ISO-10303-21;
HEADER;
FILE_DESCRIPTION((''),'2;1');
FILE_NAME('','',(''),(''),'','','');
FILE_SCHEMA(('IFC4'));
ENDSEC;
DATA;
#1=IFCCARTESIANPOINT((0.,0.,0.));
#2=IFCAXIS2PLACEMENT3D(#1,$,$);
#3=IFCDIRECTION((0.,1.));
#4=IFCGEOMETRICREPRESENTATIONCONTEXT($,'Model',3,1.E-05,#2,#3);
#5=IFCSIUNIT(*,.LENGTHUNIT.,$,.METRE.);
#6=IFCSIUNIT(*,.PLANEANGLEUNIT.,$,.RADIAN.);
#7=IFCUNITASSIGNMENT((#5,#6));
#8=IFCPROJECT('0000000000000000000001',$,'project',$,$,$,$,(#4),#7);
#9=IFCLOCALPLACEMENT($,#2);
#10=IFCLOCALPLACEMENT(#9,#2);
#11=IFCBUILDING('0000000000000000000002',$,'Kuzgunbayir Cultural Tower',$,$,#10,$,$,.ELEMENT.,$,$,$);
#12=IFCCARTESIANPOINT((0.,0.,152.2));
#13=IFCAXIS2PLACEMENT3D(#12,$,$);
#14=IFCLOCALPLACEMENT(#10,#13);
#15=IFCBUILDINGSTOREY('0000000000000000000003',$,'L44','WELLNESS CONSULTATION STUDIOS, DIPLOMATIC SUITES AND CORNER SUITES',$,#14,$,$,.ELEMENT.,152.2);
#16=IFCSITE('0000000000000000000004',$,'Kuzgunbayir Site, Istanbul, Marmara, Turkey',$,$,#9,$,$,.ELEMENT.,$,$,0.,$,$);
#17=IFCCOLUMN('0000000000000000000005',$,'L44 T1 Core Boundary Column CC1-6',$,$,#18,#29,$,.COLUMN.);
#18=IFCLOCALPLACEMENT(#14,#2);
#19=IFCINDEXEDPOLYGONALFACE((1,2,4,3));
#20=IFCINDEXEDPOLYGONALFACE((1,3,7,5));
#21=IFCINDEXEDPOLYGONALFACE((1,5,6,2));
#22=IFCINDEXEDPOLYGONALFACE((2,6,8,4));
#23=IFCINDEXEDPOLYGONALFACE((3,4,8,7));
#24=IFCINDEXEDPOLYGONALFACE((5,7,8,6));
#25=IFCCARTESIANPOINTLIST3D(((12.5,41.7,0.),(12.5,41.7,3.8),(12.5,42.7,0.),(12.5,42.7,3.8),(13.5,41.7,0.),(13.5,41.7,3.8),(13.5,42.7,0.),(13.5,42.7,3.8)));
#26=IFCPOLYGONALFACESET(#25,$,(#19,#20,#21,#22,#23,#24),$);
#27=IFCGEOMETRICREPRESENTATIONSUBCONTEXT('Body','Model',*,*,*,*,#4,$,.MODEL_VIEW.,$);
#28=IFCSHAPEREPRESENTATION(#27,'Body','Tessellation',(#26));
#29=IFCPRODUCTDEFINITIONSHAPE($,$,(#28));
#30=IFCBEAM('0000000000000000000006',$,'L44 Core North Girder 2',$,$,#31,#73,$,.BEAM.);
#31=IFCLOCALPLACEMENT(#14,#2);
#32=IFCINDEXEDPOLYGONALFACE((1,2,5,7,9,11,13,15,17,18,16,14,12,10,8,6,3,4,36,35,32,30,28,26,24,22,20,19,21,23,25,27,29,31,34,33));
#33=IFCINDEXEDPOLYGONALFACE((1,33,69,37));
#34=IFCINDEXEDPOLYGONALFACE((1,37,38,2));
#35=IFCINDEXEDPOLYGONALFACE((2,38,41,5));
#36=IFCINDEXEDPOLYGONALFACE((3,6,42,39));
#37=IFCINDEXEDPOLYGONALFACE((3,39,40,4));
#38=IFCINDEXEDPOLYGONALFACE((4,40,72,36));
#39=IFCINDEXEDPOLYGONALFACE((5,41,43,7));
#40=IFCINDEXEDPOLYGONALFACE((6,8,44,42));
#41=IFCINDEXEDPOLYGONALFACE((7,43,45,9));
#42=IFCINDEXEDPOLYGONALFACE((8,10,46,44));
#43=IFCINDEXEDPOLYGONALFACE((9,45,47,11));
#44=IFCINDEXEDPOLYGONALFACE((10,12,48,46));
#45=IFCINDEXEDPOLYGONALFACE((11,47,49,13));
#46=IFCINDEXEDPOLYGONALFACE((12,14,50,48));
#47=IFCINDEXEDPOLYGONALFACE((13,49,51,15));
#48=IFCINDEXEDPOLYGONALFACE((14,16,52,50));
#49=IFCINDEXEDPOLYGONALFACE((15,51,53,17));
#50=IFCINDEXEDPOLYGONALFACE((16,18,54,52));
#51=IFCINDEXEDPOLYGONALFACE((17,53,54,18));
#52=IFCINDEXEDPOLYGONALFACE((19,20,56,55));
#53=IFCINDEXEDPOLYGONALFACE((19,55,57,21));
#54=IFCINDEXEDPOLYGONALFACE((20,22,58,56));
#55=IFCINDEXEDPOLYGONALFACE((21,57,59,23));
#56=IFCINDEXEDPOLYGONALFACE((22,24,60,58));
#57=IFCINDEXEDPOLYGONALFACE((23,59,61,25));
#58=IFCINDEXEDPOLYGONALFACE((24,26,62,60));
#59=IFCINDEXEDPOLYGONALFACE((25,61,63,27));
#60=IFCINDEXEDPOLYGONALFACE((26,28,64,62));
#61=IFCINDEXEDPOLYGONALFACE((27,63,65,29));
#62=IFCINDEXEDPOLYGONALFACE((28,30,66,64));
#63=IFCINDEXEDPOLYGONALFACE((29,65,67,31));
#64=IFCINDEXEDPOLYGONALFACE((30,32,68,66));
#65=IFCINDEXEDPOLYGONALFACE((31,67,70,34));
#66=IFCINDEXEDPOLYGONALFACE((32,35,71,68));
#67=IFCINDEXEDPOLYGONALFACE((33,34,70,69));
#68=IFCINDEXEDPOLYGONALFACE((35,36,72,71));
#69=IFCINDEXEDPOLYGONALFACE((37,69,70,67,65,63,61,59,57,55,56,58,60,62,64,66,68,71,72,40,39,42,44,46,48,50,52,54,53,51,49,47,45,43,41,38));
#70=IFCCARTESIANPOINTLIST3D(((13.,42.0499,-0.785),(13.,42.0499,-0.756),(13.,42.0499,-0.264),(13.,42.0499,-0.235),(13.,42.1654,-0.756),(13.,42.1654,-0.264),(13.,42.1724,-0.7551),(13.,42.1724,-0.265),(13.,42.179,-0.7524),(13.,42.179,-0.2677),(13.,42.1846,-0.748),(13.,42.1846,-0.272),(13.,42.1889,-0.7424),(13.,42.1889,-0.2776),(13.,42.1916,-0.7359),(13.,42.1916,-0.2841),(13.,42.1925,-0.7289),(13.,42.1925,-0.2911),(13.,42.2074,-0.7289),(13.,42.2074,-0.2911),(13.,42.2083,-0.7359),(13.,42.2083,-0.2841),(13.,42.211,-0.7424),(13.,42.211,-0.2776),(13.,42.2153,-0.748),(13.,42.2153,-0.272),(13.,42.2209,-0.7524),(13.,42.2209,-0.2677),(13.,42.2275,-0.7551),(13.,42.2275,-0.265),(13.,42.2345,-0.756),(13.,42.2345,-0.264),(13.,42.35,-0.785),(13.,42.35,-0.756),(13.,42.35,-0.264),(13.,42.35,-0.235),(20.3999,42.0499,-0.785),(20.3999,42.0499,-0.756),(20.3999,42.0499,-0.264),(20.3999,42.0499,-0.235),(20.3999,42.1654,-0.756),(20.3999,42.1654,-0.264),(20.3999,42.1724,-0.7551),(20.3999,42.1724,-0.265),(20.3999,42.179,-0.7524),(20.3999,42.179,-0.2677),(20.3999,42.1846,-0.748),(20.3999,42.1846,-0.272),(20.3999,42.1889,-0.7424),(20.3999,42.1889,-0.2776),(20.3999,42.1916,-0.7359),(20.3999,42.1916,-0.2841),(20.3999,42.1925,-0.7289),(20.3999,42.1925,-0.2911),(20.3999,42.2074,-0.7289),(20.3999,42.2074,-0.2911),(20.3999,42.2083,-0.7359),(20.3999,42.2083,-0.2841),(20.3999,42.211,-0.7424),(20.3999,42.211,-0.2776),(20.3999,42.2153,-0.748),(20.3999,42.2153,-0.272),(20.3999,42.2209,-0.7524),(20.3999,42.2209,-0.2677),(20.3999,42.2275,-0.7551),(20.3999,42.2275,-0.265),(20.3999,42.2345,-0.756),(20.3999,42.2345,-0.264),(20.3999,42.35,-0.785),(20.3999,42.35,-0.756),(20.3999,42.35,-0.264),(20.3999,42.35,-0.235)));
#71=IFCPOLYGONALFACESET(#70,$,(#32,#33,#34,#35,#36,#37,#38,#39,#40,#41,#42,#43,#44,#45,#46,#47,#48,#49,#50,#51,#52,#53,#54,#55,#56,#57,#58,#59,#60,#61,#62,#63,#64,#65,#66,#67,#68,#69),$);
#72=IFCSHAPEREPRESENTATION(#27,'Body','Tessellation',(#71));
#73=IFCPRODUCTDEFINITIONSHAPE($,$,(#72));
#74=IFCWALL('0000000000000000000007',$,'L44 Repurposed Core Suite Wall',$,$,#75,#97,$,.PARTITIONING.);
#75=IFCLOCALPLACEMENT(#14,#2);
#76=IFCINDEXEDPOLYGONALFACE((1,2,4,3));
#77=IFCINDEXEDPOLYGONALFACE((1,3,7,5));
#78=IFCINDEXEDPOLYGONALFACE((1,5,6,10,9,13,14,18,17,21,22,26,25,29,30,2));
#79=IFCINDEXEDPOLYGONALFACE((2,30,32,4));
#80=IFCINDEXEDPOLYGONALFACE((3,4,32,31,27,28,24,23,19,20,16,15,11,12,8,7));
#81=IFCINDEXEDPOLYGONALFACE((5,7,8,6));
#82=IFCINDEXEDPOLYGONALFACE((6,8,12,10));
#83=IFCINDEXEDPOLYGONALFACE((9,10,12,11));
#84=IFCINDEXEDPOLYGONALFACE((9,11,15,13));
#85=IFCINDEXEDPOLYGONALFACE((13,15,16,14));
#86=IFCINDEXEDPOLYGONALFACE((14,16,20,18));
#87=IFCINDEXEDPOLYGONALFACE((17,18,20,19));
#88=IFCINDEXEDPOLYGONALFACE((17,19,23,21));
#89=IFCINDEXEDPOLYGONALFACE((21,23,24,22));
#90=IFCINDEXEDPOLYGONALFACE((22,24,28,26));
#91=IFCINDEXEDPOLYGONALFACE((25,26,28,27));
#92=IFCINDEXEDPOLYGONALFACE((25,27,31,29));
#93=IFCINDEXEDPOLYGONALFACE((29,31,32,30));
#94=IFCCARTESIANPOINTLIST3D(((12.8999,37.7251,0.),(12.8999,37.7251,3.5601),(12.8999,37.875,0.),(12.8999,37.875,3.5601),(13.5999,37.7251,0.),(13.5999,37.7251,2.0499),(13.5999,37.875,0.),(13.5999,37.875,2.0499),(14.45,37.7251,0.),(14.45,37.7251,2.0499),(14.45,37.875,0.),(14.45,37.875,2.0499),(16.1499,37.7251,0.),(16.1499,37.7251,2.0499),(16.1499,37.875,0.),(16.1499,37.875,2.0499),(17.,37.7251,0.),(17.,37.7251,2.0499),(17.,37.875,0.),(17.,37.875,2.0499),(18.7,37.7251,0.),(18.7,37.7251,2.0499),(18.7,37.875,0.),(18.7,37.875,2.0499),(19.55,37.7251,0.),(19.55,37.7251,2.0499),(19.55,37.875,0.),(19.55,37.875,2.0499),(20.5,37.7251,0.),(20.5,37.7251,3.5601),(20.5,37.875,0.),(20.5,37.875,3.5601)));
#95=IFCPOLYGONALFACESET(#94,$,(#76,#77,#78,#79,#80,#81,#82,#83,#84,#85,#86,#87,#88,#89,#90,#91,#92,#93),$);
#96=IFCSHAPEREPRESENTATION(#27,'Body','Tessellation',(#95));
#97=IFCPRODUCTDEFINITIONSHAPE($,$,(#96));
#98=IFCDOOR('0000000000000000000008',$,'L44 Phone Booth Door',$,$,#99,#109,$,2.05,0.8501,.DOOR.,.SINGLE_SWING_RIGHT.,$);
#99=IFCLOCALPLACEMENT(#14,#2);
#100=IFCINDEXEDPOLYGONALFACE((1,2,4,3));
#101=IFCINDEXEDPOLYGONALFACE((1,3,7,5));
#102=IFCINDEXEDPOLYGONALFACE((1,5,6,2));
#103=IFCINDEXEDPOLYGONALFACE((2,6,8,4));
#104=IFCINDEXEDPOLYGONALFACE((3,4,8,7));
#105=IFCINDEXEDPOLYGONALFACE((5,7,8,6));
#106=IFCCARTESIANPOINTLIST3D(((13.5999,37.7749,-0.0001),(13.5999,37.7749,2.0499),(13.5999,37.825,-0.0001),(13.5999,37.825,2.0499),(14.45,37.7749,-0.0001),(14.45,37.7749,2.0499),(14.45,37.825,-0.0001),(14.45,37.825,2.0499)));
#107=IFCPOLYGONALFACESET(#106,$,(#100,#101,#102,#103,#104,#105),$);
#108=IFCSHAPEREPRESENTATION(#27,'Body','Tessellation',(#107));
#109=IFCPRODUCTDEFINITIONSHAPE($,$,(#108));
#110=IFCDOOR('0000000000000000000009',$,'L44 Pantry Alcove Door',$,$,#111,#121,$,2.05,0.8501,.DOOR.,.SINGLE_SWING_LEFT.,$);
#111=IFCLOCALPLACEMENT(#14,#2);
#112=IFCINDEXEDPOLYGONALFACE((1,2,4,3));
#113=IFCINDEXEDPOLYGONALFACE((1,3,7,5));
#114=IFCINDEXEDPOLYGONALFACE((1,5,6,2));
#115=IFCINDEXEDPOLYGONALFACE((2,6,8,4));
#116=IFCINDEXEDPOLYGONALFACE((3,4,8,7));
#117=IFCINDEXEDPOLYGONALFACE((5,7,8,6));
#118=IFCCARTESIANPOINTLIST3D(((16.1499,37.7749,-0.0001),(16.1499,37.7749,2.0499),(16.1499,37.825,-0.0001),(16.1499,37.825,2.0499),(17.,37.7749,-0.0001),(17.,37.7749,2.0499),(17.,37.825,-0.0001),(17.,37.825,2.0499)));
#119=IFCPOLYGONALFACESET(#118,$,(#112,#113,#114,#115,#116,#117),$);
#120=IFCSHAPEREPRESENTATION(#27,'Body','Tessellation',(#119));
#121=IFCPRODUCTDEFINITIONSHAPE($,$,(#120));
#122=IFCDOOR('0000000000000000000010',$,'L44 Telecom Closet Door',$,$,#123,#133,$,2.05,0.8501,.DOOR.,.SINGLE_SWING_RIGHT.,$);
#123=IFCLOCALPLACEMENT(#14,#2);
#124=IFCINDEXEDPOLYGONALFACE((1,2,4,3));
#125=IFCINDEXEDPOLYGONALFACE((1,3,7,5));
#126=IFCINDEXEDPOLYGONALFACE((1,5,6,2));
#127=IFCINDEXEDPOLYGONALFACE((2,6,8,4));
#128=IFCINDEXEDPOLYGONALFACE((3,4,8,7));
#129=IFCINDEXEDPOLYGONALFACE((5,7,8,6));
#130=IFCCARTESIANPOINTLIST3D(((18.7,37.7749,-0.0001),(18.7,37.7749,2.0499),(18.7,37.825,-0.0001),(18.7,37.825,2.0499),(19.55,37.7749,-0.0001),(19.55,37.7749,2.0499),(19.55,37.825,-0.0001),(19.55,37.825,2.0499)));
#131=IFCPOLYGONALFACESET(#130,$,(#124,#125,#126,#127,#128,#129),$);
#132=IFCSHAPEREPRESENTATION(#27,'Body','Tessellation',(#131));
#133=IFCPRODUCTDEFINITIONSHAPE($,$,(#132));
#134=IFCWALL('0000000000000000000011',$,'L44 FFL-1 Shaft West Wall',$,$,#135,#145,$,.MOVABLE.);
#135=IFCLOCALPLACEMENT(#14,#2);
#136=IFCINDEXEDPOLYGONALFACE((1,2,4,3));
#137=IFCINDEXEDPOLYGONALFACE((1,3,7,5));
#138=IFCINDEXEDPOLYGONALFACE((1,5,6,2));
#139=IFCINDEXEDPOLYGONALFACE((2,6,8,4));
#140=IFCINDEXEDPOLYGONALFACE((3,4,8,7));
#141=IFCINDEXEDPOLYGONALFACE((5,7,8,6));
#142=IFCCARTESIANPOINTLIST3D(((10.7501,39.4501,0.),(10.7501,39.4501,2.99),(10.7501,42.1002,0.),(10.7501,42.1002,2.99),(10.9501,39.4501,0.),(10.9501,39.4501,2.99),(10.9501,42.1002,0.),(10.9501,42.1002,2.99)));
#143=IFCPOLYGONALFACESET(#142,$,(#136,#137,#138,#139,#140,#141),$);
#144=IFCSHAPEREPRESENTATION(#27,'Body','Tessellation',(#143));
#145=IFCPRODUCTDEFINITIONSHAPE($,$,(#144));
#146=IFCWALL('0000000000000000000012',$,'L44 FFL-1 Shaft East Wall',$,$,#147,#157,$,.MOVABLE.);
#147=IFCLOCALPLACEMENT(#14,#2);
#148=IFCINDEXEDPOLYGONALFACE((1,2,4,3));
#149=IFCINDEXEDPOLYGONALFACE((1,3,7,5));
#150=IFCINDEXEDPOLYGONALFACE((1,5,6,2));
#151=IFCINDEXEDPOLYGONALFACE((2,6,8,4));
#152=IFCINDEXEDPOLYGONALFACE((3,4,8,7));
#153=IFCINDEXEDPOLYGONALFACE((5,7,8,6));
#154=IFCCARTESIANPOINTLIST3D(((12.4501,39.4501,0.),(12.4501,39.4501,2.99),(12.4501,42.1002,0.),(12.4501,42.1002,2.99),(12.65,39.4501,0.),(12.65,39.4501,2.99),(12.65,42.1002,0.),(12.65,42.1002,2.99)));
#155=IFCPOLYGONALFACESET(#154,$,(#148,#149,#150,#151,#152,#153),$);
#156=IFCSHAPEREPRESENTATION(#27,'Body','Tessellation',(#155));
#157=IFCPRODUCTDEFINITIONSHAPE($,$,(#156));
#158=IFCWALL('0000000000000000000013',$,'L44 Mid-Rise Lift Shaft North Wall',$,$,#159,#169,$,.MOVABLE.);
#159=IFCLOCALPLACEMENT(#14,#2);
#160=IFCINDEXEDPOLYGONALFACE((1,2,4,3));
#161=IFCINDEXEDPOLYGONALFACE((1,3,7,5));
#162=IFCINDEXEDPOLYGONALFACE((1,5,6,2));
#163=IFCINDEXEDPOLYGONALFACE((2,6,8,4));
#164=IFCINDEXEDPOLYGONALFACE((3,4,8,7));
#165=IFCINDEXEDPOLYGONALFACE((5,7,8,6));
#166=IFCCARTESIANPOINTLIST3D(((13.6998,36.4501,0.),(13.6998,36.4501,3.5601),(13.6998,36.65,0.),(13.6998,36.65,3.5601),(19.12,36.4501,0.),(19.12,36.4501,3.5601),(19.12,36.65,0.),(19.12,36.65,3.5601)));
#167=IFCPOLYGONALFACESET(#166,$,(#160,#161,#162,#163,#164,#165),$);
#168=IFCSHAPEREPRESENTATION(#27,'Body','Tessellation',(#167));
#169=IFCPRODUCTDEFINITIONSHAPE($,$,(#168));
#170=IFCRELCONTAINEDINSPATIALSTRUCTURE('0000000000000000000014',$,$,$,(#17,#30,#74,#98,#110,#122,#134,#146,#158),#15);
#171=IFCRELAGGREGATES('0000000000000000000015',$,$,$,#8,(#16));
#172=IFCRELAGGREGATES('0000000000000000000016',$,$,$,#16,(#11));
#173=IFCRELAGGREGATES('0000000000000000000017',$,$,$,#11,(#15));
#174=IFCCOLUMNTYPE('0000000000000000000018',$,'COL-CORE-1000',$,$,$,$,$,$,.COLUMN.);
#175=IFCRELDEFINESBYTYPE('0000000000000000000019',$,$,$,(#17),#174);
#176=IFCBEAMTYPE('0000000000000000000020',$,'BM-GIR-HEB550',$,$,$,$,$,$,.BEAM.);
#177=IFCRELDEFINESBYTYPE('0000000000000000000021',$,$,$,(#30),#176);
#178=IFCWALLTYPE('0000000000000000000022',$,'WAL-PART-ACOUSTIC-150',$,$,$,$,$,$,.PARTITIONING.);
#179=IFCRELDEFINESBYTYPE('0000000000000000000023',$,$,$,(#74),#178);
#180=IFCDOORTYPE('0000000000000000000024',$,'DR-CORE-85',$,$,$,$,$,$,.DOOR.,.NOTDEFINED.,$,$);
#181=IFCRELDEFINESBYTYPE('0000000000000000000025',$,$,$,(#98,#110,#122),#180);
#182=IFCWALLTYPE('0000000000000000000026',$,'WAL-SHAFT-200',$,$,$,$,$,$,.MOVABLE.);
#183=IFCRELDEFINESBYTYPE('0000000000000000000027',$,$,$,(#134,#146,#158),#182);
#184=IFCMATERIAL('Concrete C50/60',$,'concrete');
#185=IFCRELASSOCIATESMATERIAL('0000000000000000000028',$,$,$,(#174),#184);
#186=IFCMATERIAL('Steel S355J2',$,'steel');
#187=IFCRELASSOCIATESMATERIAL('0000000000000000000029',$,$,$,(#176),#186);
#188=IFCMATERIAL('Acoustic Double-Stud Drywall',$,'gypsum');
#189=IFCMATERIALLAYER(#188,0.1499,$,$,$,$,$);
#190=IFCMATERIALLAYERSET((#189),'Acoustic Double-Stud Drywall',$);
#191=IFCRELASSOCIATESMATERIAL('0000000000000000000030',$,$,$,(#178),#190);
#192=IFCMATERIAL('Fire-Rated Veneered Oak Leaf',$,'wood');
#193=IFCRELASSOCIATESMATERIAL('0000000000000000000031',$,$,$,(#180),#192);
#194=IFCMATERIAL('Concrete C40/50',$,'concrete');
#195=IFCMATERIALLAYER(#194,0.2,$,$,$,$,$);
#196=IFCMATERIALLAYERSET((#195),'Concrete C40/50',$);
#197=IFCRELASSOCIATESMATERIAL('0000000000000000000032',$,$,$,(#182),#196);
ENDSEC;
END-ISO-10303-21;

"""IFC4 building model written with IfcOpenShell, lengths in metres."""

from ifc_helpers import new_model, si_unit, direction, frame, frame_2d, origin, origin_2d, place, context, subcontext, project, spatial, rectangle, i_section, extrude, material, layer, layer_set, material_profile, profile_set, type_object, element, fill, save


model = new_model("IFC4")

# Units and contexts
model_context = context("Model", 3, precision=1e-05, world=origin(), true_north=direction((0.0, 1.0)))
body_context = subcontext(model_context, "Body", "Model", "MODEL_VIEW")
ifc_project = project(units=[si_unit("LENGTHUNIT", "METRE"), si_unit("PLANEANGLEUNIT", "RADIAN")], contexts=[model_context])

# Site, building, storey
site_placement = place(None, origin())
site = spatial("IfcSite", under=ifc_project, at=site_placement, Name="Kuzgunbayir Site, Istanbul, Marmara, Turkey", CompositionType="ELEMENT", RefElevation=0.0)
building_placement = place(site_placement, origin())
building = spatial("IfcBuilding", under=site, at=building_placement, Name="Kuzgunbayir Cultural Tower", CompositionType="ELEMENT")
storey_placement = place(building_placement, frame((0.0, 0.0, 152.2)))
storey = spatial("IfcBuildingStorey", under=building, at=storey_placement, Name="L44", Description="WELLNESS CONSULTATION STUDIOS, DIPLOMATIC SUITES AND CORNER SUITES", CompositionType="ELEMENT", Elevation=152.2)

# Column
ifc_material_1 = material(Name="Concrete C50/60", Category="concrete")
ifc_material_profile_1 = material_profile(ifc_material_1, rectangle(XDim=1.0, YDim=1.0, at=origin_2d()), Name="RC 1000x1000")
ifc_profile_set_1 = profile_set([ifc_material_profile_1], Name="Concrete C50/60")
column_type = type_object("IfcColumnType", Name="COL-CORE-1000", PredefinedType="COLUMN", material=ifc_profile_set_1)
column_placement = place(storey_placement, frame((13.0, 42.2, 0.0), z_axis=(0.0, 0.0, 1.0), x_axis=(1.0, 0.0, 0.0)))
element("IfcColumn", 1, at=column_placement, inside=storey, type_object=column_type, Name="L44 T1 Core Boundary Column CC1-6", PredefinedType="COLUMN", context=body_context, shape_type="SweptSolid", body=[
    extrude(rectangle(XDim=1.0, YDim=1.0, at=origin_2d()), origin(), (0.0, 0.0, 1.0), 3.8),
])

# Beam
ifc_material_2 = material(Name="Steel S355J2", Category="steel")
ifc_material_profile_2 = material_profile(ifc_material_2, i_section(OverallWidth=0.3, OverallDepth=0.55, WebThickness=0.0149, FlangeThickness=0.0291, FilletRadius=0.0271, at=origin_2d()), Name="HEB 550")
ifc_profile_set_2 = profile_set([ifc_material_profile_2], Name="Steel S355J2")
beam_type = type_object("IfcBeamType", Name="BM-GIR-HEB550", PredefinedType="BEAM", material=ifc_profile_set_2)
beam_placement = place(storey_placement, frame((13.0, 42.2, -0.51), z_axis=(1.0, 0.0, 0.0), x_axis=(0.0, 1.0, 0.0)))
element("IfcBeam", 2, at=beam_placement, inside=storey, type_object=beam_type, Name="L44 Core North Girder 2", PredefinedType="BEAM", context=body_context, shape_type="SweptSolid", body=[
    extrude(i_section(OverallWidth=0.3, OverallDepth=0.55, WebThickness=0.0149, FlangeThickness=0.0291, FilletRadius=0.0271, at=origin_2d()), origin(), (0.0, 0.0, 1.0), 7.3999),
])

# Wall, openings, doors
ifc_material_3 = material(Name="Acoustic Double-Stud Drywall", Category="gypsum")
ifc_layer_1 = layer(ifc_material_3, 0.1499)
ifc_layer_set_1 = layer_set([ifc_layer_1], Name="Acoustic Double-Stud Drywall")
wall_type_1 = type_object("IfcWallType", Name="WAL-PART-ACOUSTIC-150", PredefinedType="PARTITIONING", material=ifc_layer_set_1)
wall_1_placement = place(storey_placement, frame((12.8999, 37.8, 0.0), z_axis=(0.0, 0.0, 1.0), x_axis=(1.0, 0.0, 0.0)))
wall_1 = element("IfcWall", 3, at=wall_1_placement, inside=storey, type_object=wall_type_1, Name="L44 Repurposed Core Suite Wall", PredefinedType="PARTITIONING", context=body_context, shape_type="SweptSolid", body=[
    extrude(rectangle(XDim=7.6001, YDim=0.1499, at=frame_2d((3.8, 0.0))), origin(), (0.0, 0.0, 1.0), 3.5601),
])
opening_1_placement = place(wall_1_placement, frame((0.7, 0.0, 0.0)))
opening_1 = element("IfcOpeningElement", 4, at=opening_1_placement, cuts=wall_1, PredefinedType="OPENING", context=body_context, shape_type="SweptSolid", body=[
    extrude(rectangle(XDim=0.8501, YDim=2.05, at=frame_2d((0.425, 1.0249))), frame((0.0, 0.085, 0.0), z_axis=(0.0, -1.0, 0.0), x_axis=(1.0, 0.0, 0.0)), (0.0, 0.0, 1.0), 0.1699),
])
opening_2_placement = place(wall_1_placement, frame((3.25, 0.0, 0.0)))
opening_2 = element("IfcOpeningElement", 5, at=opening_2_placement, cuts=wall_1, PredefinedType="OPENING", context=body_context, shape_type="SweptSolid", body=[
    extrude(rectangle(XDim=0.8501, YDim=2.05, at=frame_2d((0.425, 1.0249))), frame((0.0, 0.085, 0.0), z_axis=(0.0, -1.0, 0.0), x_axis=(1.0, 0.0, 0.0)), (0.0, 0.0, 1.0), 0.1699),
])
opening_3_placement = place(wall_1_placement, frame((5.8, 0.0, 0.0)))
opening_3 = element("IfcOpeningElement", 6, at=opening_3_placement, cuts=wall_1, PredefinedType="OPENING", context=body_context, shape_type="SweptSolid", body=[
    extrude(rectangle(XDim=0.8501, YDim=2.05, at=frame_2d((0.425, 1.0249))), frame((0.0, 0.085, 0.0), z_axis=(0.0, -1.0, 0.0), x_axis=(1.0, 0.0, 0.0)), (0.0, 0.0, 1.0), 0.1699),
])
ifc_material_4 = material(Name="Fire-Rated Veneered Oak Leaf", Category="wood")
door_type_1 = type_object("IfcDoorType", Name="DR-CORE-85", OperationType="NOTDEFINED", PredefinedType="DOOR", material=ifc_material_4)
door_1_placement = place(opening_1_placement, origin())
door_1 = element("IfcDoor", 7, at=door_1_placement, inside=storey, type_object=door_type_1, Name="L44 Phone Booth Door", OperationType="SINGLE_SWING_RIGHT", OverallHeight=2.05, OverallWidth=0.8501, PredefinedType="DOOR", context=body_context, shape_type="SweptSolid", body=[
    extrude(rectangle(XDim=0.8501, YDim=2.05, at=frame_2d((0.425, 1.0249))), frame((0.0, 0.0249, 0.0), z_axis=(0.0, -1.0, 0.0), x_axis=(1.0, 0.0, 0.0)), (0.0, 0.0, 1.0), 0.05),
])
fill(opening_1, door_1)
door_2_placement = place(opening_2_placement, origin())
door_2 = element("IfcDoor", 8, at=door_2_placement, inside=storey, type_object=door_type_1, Name="L44 Pantry Alcove Door", OperationType="SINGLE_SWING_LEFT", OverallHeight=2.05, OverallWidth=0.8501, PredefinedType="DOOR", context=body_context, shape_type="SweptSolid", body=[
    extrude(rectangle(XDim=0.8501, YDim=2.05, at=frame_2d((0.425, 1.0249))), frame((0.0, 0.0249, 0.0), z_axis=(0.0, -1.0, 0.0), x_axis=(1.0, 0.0, 0.0)), (0.0, 0.0, 1.0), 0.05),
])
fill(opening_2, door_2)
door_3_placement = place(opening_3_placement, origin())
door_3 = element("IfcDoor", 9, at=door_3_placement, inside=storey, type_object=door_type_1, Name="L44 Telecom Closet Door", OperationType="SINGLE_SWING_RIGHT", OverallHeight=2.05, OverallWidth=0.8501, PredefinedType="DOOR", context=body_context, shape_type="SweptSolid", body=[
    extrude(rectangle(XDim=0.8501, YDim=2.05, at=frame_2d((0.425, 1.0249))), frame((0.0, 0.0249, 0.0), z_axis=(0.0, -1.0, 0.0), x_axis=(1.0, 0.0, 0.0)), (0.0, 0.0, 1.0), 0.05),
])
fill(opening_3, door_3)

# Shared definitions
ifc_material_5 = material(Name="Concrete C40/50", Category="concrete")
ifc_layer_2 = layer(ifc_material_5, 0.2)
ifc_layer_set_2 = layer_set([ifc_layer_2], Name="Concrete C40/50")
wall_type_2 = type_object("IfcWallType", Name="WAL-SHAFT-200", PredefinedType="MOVABLE", material=ifc_layer_set_2)

# Walls
for number, where, z_axis, x_axis, name in (
    (10, (10.8501, 39.45, 0.0), (0.0, 0.0, 1.0), (0.0, 1.0, 0.0), "L44 FFL-1 Shaft West Wall"),
    (11, (12.55, 39.45, 0.0), (0.0, 0.0, 1.0), (0.0, 1.0, 0.0), "L44 FFL-1 Shaft East Wall"),
):
    element("IfcWall", number, at=place(storey_placement, frame(where, z_axis=z_axis, x_axis=x_axis)), inside=storey, type_object=wall_type_2, Name=name, PredefinedType="MOVABLE", context=body_context, shape_type="SweptSolid", body=[
        extrude(rectangle(XDim=2.6501, YDim=0.2, at=frame_2d((1.3252, 0.0))), origin(), (0.0, 0.0, 1.0), 2.99),
    ])

# Wall
wall_2_placement = place(storey_placement, frame((13.7, 36.55, 0.0), z_axis=(0.0, 0.0, 1.0), x_axis=(1.0, 0.0, 0.0)))
element("IfcWall", 12, at=wall_2_placement, inside=storey, type_object=wall_type_2, Name="L44 Mid-Rise Lift Shaft North Wall", PredefinedType="MOVABLE", context=body_context, shape_type="SweptSolid", body=[
    extrude(rectangle(XDim=5.4202, YDim=0.2, at=frame_2d((2.71, 0.0))), origin(), (0.0, 0.0, 1.0), 3.5601),
])

save(model, "model.ifc")
